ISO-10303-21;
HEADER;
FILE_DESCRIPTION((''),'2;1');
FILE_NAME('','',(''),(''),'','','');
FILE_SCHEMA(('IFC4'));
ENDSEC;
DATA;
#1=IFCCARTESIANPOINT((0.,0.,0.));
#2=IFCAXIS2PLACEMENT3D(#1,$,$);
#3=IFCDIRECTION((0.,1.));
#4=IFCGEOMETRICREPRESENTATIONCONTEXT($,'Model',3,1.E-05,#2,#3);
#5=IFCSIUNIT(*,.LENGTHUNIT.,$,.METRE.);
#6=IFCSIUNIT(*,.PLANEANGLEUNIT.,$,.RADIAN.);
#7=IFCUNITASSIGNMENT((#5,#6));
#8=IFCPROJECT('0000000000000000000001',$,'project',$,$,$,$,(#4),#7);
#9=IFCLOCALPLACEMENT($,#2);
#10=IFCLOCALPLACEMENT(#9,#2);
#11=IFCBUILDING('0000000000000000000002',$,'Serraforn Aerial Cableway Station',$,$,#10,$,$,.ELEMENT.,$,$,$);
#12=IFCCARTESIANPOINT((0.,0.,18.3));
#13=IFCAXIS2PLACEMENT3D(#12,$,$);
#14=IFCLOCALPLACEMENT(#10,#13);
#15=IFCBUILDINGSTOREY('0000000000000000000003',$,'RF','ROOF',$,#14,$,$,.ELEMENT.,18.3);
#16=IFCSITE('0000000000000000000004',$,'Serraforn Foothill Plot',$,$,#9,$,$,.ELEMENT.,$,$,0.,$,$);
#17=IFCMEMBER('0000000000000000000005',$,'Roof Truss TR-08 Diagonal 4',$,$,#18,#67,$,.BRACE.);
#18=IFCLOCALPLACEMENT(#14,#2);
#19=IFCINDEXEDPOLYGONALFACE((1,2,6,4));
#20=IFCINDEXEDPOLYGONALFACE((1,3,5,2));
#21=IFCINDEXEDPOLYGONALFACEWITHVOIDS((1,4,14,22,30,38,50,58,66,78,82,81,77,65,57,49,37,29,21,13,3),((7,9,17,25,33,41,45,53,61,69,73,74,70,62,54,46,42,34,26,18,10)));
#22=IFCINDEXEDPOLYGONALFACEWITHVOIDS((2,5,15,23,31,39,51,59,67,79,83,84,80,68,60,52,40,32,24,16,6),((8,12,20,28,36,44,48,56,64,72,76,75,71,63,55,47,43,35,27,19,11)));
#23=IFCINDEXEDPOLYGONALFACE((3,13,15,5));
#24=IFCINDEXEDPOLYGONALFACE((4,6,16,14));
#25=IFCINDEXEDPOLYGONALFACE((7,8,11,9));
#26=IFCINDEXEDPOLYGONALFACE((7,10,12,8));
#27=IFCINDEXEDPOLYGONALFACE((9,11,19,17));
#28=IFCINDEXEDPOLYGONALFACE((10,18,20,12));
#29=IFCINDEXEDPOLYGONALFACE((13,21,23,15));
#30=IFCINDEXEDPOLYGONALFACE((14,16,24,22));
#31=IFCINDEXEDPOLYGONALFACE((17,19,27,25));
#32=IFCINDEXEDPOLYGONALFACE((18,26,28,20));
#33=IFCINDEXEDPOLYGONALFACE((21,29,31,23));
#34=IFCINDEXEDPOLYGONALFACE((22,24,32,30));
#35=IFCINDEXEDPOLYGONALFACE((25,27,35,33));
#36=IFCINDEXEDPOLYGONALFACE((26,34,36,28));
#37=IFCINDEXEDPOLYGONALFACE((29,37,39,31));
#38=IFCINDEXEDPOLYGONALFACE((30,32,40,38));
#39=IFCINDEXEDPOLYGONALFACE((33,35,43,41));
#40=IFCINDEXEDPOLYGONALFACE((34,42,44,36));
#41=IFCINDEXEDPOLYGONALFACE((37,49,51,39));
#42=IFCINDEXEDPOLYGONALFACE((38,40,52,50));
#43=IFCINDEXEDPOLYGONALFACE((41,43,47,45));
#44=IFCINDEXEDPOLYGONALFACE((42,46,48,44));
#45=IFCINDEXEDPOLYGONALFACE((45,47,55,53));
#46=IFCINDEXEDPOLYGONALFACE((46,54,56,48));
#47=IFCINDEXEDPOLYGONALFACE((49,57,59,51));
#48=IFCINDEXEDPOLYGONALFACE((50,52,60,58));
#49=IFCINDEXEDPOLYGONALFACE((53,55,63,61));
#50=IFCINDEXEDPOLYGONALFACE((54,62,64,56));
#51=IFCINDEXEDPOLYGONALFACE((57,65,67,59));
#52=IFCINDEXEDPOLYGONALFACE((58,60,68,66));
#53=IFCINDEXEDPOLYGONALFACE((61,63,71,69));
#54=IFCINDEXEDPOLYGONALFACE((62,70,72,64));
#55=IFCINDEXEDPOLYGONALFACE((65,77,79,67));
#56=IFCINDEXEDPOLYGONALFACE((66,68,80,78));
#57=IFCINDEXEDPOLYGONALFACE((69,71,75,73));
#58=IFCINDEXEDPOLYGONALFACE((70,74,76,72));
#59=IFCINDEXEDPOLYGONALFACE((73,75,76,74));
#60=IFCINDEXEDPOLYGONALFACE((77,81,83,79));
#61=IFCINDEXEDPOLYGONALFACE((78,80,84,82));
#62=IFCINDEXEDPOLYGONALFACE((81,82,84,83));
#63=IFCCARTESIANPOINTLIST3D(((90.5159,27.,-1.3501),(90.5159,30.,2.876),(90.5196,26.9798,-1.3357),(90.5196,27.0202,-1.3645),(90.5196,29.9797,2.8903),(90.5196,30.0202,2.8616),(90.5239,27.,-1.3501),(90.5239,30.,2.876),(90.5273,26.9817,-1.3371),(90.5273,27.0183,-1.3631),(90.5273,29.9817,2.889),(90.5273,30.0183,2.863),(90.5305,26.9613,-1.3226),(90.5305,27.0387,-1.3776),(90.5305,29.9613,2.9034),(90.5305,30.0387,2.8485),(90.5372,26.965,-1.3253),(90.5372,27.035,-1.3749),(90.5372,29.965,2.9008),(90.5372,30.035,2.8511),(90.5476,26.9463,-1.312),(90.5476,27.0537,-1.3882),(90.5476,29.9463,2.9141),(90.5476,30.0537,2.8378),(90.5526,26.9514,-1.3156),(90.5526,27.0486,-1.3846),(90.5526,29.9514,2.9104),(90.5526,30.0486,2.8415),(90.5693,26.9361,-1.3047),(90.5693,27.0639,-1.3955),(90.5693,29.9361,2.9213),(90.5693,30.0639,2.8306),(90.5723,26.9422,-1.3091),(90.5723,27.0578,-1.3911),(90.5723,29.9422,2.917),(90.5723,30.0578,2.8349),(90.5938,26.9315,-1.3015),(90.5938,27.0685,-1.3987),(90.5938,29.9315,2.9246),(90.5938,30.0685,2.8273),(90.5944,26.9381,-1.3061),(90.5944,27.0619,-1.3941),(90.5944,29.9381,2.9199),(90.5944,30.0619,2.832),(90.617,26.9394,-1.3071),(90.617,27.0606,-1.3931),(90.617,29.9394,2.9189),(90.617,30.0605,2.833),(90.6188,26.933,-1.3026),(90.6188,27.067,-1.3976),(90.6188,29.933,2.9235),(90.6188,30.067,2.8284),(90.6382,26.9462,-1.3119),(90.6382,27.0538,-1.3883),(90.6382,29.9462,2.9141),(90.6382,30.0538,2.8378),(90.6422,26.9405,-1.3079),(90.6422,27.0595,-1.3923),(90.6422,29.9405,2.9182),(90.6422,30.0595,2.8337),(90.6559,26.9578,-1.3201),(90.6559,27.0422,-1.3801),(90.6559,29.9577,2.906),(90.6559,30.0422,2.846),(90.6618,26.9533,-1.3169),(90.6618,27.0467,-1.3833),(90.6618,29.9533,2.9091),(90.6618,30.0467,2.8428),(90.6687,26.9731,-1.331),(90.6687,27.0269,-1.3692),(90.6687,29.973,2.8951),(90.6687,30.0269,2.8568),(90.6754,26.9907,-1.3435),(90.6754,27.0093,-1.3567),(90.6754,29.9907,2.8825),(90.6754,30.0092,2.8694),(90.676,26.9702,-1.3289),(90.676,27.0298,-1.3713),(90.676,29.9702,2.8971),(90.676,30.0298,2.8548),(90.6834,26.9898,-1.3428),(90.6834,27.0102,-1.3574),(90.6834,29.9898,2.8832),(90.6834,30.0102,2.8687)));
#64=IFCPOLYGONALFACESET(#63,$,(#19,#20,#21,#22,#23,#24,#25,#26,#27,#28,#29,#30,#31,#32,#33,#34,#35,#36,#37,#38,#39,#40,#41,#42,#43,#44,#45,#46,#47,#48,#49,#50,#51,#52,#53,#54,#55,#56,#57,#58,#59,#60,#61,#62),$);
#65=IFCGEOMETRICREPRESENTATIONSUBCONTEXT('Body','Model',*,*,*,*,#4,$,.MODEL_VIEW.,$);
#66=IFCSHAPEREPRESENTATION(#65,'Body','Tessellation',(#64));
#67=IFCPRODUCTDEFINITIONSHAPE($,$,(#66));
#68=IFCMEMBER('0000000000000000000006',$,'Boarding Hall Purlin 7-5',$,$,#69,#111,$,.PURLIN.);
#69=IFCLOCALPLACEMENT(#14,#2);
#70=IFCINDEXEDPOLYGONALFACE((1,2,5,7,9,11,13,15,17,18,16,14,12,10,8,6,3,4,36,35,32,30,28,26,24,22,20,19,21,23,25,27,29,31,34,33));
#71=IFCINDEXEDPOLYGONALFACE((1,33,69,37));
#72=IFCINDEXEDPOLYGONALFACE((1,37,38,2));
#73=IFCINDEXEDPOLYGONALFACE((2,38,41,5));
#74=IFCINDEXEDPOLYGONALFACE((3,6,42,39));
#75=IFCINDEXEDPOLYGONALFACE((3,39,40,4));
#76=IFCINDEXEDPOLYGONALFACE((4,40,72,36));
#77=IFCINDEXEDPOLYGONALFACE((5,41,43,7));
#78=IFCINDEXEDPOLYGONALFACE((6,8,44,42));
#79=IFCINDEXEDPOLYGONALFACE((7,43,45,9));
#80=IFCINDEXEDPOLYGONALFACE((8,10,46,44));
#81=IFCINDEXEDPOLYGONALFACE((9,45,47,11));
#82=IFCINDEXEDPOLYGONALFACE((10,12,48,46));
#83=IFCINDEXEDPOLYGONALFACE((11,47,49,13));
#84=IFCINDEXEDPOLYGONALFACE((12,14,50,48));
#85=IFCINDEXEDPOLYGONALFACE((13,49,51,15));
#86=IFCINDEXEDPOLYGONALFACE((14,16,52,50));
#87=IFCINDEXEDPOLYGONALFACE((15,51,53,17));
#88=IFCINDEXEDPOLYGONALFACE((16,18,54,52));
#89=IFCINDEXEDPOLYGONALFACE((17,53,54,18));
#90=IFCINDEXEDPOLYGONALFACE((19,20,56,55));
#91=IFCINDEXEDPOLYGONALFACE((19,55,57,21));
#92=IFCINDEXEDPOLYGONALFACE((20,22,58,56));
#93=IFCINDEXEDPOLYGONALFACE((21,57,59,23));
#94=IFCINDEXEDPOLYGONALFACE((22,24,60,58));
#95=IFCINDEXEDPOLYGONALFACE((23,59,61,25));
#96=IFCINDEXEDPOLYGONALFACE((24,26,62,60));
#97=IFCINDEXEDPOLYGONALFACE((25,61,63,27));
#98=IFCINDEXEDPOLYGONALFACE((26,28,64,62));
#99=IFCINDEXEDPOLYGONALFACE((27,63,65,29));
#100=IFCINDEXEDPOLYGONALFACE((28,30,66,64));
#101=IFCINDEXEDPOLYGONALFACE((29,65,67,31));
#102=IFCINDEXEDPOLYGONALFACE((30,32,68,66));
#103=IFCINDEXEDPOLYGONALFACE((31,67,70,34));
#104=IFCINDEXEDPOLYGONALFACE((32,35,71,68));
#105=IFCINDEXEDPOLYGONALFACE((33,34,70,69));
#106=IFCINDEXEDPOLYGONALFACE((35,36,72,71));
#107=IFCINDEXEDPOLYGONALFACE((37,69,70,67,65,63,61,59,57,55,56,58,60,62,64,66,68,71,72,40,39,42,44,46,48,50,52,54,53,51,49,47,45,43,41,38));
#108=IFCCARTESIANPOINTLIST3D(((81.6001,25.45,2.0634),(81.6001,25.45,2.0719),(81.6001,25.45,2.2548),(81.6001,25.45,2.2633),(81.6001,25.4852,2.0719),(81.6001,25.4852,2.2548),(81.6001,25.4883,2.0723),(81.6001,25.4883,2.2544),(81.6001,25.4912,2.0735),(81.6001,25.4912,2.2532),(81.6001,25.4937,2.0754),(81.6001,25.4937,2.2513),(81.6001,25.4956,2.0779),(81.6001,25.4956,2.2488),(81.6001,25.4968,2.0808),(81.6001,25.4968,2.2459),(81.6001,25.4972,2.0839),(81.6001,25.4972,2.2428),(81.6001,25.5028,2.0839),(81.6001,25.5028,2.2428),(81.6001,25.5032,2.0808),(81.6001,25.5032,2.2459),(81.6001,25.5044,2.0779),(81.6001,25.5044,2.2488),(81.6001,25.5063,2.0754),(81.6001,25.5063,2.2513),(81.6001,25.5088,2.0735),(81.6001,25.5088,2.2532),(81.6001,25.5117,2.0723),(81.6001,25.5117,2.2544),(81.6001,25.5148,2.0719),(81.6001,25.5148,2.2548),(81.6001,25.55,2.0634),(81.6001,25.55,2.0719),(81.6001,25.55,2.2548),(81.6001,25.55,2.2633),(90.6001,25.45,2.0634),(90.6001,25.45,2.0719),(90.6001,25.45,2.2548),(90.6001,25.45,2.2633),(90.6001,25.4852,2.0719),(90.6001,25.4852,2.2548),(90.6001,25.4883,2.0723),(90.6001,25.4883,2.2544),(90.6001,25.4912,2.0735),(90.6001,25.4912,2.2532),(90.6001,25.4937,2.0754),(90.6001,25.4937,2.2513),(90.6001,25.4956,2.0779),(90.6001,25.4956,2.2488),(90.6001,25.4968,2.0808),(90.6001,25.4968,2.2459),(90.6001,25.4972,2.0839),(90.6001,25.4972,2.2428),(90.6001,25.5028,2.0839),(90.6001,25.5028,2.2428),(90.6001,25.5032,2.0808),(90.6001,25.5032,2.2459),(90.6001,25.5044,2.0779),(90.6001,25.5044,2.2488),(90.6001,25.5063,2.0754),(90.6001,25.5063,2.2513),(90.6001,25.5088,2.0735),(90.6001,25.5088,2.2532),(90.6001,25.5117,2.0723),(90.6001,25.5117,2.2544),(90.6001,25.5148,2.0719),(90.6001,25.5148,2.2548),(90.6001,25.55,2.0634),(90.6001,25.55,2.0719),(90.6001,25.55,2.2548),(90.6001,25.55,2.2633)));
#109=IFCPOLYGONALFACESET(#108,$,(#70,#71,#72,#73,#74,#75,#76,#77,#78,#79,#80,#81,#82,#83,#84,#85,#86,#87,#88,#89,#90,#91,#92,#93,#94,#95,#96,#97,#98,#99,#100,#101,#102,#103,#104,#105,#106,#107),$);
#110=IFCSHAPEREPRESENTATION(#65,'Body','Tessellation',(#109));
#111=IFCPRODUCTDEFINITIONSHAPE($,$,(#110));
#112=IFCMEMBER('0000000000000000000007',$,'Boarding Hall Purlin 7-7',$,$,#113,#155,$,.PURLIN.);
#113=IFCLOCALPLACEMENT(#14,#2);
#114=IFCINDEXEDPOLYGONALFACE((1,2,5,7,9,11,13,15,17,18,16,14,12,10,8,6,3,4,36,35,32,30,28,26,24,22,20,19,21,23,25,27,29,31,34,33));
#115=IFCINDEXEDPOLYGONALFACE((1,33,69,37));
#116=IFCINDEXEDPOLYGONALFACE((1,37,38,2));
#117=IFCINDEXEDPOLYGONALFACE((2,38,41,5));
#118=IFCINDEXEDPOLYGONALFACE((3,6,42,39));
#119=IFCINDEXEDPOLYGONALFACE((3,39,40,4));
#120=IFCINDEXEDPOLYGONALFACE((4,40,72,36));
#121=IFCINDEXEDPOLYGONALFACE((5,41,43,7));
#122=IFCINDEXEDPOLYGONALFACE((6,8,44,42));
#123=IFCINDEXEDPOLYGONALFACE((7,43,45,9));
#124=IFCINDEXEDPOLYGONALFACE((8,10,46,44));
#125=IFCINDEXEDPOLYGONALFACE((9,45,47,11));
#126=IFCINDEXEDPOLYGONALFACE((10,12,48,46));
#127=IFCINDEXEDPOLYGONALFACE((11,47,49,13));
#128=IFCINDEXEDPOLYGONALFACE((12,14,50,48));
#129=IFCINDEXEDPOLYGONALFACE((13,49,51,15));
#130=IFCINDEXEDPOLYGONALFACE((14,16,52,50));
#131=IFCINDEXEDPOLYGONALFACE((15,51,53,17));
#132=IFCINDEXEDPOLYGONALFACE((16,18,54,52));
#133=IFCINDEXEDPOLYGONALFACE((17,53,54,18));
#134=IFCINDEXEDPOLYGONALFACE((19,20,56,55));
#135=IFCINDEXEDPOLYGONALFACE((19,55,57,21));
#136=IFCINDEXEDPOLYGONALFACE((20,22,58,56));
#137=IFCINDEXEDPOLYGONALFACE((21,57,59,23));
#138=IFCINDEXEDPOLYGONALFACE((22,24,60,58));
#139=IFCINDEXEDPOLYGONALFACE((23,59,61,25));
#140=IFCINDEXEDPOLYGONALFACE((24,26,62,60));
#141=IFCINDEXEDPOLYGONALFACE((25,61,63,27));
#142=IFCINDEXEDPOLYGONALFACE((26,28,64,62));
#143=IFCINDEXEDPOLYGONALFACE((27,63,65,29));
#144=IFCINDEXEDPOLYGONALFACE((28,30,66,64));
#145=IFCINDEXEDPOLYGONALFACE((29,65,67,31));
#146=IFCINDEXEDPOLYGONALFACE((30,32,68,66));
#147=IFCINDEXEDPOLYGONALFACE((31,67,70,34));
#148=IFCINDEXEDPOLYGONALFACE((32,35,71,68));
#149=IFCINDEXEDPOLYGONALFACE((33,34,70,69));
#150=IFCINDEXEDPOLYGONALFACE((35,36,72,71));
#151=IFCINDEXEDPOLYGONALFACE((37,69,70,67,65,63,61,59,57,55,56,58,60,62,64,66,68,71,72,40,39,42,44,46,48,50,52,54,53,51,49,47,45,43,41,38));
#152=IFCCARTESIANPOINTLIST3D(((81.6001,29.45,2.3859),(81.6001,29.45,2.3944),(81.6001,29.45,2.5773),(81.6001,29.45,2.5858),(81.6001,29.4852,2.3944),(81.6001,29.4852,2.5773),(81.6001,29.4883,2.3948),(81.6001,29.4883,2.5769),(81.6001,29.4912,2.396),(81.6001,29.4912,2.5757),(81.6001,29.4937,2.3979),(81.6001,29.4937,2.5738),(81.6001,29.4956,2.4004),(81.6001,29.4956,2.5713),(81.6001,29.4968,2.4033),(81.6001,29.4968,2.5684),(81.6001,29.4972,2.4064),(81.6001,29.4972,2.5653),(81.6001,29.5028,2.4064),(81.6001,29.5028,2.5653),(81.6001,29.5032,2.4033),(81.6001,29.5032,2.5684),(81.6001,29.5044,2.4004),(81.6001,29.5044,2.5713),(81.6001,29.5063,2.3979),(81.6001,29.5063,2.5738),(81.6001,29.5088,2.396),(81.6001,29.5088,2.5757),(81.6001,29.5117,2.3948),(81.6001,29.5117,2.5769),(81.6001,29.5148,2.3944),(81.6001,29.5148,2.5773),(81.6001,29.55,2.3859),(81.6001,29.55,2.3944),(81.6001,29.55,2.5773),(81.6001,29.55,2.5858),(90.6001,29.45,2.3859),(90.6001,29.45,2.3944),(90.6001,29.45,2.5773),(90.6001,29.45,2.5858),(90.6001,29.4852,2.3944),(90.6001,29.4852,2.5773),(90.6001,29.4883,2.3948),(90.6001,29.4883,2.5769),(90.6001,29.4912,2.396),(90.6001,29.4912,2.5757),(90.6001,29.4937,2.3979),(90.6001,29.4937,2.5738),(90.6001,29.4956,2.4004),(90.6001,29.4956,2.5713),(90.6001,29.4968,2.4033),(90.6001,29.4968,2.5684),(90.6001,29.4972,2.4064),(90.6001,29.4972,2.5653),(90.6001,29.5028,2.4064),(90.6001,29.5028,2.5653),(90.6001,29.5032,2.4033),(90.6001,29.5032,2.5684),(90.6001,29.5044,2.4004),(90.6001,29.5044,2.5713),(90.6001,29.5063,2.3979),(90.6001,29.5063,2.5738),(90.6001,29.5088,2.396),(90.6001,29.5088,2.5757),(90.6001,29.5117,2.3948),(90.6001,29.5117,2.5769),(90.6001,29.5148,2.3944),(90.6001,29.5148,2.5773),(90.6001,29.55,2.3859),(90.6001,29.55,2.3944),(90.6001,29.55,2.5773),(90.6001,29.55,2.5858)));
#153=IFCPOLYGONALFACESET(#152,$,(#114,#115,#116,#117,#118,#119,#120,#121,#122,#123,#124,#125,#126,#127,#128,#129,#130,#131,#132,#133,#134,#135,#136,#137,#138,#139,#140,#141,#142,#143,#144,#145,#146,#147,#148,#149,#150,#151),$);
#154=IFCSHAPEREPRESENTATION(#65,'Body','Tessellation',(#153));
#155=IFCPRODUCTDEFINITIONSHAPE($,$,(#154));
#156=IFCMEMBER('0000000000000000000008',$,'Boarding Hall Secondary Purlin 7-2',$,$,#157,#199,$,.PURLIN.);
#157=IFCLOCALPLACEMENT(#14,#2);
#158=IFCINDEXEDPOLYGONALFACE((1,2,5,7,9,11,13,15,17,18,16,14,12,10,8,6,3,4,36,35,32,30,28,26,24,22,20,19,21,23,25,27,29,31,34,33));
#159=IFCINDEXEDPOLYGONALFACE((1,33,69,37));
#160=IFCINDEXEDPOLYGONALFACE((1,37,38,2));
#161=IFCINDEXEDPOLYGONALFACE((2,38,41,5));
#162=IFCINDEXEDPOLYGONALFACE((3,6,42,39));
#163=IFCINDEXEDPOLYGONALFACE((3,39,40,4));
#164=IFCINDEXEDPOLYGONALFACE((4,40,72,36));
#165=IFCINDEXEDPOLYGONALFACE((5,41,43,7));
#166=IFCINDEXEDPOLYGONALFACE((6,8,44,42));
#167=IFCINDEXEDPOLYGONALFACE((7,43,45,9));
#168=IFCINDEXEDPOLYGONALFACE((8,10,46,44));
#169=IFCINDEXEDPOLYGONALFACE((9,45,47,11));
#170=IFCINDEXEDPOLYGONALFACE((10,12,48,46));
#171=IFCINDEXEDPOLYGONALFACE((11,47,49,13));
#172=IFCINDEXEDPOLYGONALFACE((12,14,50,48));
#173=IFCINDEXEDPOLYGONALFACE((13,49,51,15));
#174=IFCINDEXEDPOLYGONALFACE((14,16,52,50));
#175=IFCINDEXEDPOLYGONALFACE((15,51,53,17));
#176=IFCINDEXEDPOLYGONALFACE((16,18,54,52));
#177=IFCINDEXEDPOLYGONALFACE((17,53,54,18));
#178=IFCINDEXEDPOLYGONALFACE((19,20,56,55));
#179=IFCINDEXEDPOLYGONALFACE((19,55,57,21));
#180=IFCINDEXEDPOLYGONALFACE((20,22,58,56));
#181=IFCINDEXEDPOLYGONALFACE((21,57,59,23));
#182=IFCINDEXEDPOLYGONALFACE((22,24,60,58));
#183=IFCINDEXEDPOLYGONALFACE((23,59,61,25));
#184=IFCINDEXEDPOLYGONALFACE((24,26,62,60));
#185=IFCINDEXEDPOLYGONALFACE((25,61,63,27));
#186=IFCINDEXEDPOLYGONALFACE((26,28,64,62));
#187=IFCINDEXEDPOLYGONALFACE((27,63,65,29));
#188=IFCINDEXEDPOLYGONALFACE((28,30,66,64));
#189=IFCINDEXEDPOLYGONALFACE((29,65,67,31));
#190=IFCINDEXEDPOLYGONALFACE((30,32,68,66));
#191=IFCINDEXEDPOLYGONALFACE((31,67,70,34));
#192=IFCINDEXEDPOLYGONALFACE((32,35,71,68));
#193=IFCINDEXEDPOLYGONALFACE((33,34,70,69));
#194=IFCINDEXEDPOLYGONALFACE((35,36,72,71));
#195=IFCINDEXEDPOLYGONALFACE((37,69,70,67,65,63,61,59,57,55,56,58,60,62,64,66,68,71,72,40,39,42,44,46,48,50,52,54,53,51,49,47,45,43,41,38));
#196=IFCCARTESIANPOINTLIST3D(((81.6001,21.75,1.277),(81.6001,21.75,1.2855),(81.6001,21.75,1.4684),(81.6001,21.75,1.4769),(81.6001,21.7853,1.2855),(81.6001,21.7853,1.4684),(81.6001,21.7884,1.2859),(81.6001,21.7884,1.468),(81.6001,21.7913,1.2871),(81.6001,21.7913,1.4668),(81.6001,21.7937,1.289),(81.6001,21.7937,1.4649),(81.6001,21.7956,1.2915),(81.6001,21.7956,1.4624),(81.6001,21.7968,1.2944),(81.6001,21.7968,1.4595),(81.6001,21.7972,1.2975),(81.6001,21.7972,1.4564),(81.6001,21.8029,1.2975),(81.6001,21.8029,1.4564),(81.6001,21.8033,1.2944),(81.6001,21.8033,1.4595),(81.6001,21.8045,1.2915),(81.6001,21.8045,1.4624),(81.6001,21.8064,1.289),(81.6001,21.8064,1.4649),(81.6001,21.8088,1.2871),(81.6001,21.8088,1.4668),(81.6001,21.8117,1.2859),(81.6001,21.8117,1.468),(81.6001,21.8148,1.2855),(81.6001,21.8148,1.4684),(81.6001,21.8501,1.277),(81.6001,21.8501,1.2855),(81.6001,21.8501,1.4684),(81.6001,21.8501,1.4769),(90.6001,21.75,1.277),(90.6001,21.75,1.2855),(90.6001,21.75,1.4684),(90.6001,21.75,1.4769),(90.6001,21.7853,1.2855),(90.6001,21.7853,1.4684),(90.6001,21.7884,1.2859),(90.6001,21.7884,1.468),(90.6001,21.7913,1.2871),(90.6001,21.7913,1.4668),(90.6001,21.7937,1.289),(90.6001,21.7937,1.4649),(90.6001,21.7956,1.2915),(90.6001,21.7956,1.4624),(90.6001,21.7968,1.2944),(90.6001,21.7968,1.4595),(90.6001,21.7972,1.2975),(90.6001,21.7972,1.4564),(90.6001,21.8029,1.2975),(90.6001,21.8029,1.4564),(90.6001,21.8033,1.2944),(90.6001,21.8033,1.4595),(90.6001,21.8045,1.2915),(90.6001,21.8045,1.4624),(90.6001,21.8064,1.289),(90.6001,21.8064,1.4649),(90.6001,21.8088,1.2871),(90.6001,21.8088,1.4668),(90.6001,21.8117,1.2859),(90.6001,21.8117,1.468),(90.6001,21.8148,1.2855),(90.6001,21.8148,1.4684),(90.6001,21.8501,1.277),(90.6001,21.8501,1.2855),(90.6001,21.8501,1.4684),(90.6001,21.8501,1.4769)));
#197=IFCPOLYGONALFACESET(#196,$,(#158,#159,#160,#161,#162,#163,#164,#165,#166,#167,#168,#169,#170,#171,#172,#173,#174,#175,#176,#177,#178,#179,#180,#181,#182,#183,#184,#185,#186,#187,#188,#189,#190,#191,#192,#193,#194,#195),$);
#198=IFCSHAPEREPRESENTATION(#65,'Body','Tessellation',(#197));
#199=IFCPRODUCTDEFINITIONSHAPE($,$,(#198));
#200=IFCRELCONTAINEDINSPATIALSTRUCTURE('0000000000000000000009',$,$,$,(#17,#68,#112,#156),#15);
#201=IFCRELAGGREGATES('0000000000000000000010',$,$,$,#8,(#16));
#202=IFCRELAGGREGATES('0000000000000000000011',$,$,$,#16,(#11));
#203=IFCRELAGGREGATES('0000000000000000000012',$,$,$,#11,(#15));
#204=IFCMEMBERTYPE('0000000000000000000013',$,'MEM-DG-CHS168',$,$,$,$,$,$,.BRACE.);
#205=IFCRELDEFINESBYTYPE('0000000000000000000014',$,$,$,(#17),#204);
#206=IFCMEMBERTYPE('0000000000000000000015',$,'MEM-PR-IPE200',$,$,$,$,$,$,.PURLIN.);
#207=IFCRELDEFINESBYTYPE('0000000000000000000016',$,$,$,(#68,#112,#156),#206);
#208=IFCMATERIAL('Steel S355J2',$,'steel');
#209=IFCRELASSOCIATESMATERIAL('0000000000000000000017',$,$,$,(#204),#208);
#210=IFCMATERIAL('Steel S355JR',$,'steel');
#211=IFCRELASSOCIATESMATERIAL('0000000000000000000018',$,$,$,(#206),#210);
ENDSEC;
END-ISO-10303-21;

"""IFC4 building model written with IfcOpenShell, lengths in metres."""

from ifc_helpers import new_model, si_unit, direction, frame, origin, origin_2d, place, context, subcontext, project, spatial, hollow_circle, i_section, extrude, material, material_profile, profile_set, type_object, element, save


model = new_model("IFC4")

# Units and contexts
model_context = context("Model", 3, precision=1e-05, world=origin(), true_north=direction((0.0, 1.0)))
body_context = subcontext(model_context, "Body", "Model", "MODEL_VIEW")
ifc_project = project(units=[si_unit("LENGTHUNIT", "METRE"), si_unit("PLANEANGLEUNIT", "RADIAN")], contexts=[model_context])

# Site, building, storey
site_placement = place(None, origin())
site = spatial("IfcSite", under=ifc_project, at=site_placement, Name="Serraforn Foothill Plot", CompositionType="ELEMENT", RefElevation=0.0)
building_placement = place(site_placement, origin())
building = spatial("IfcBuilding", under=site, at=building_placement, Name="Serraforn Aerial Cableway Station", CompositionType="ELEMENT")
storey_placement = place(building_placement, frame((0.0, 0.0, 18.3)))
storey = spatial("IfcBuildingStorey", under=building, at=storey_placement, Name="RF", Description="ROOF", CompositionType="ELEMENT", Elevation=18.3)

# Members
ifc_material_1 = material(Name="Steel S355J2", Category="steel")
ifc_material_profile_1 = material_profile(ifc_material_1, hollow_circle(Radius=0.0842, WallThickness=0.0081, at=origin_2d()), Name="CHS 168.3x8.0")
ifc_profile_set_1 = profile_set([ifc_material_profile_1], Name="Steel S355J2")
member_type_1 = type_object("IfcMemberType", Name="MEM-DG-CHS168", PredefinedType="BRACE", material=ifc_profile_set_1)
member_1_placement = place(storey_placement, frame((90.6001, 27.0, -1.3501), z_axis=(0.0, 0.578856, 0.81543), x_axis=(-1.0, 0.0, 0.0)))
element("IfcMember", 1, at=member_1_placement, inside=storey, type_object=member_type_1, Name="Roof Truss TR-08 Diagonal 4", PredefinedType="BRACE", context=body_context, shape_type="SweptSolid", body=[
    extrude(hollow_circle(Radius=0.0842, WallThickness=0.0081, at=origin_2d()), origin(), (0.0, 0.0, 1.0), 5.1826),
])
ifc_material_2 = material(Name="Steel S355JR", Category="steel")
ifc_material_profile_2 = material_profile(ifc_material_2, i_section(OverallWidth=0.1001, OverallDepth=0.2, WebThickness=0.0056, FlangeThickness=0.0085, FilletRadius=0.012, at=origin_2d()), Name="IPE 200")
ifc_profile_set_2 = profile_set([ifc_material_profile_2], Name="Steel S355JR")
member_type_2 = type_object("IfcMemberType", Name="MEM-PR-IPE200", PredefinedType="PURLIN", material=ifc_profile_set_2)
for number, where, z_axis, x_axis, name in (
    (2, (81.6001, 25.5, 2.1633), (1.0, 0.0, 0.0), (0.0, 1.0, 0.0), "Boarding Hall Purlin 7-5"),
    (3, (81.6001, 29.5, 2.4858), (1.0, 0.0, 0.0), (0.0, 1.0, 0.0), "Boarding Hall Purlin 7-7"),
    (4, (81.6001, 21.8, 1.377), (1.0, 0.0, 0.0), (0.0, 1.0, 0.0), "Boarding Hall Secondary Purlin 7-2"),
):
    element("IfcMember", number, at=place(storey_placement, frame(where, z_axis=z_axis, x_axis=x_axis)), inside=storey, type_object=member_type_2, Name=name, PredefinedType="PURLIN", context=body_context, shape_type="SweptSolid", body=[
        extrude(i_section(OverallWidth=0.1001, OverallDepth=0.2, WebThickness=0.0056, FlangeThickness=0.0085, FilletRadius=0.012, at=origin_2d()), origin(), (0.0, 0.0, 1.0), 9.0),
    ])

save(model, "model.ifc")
